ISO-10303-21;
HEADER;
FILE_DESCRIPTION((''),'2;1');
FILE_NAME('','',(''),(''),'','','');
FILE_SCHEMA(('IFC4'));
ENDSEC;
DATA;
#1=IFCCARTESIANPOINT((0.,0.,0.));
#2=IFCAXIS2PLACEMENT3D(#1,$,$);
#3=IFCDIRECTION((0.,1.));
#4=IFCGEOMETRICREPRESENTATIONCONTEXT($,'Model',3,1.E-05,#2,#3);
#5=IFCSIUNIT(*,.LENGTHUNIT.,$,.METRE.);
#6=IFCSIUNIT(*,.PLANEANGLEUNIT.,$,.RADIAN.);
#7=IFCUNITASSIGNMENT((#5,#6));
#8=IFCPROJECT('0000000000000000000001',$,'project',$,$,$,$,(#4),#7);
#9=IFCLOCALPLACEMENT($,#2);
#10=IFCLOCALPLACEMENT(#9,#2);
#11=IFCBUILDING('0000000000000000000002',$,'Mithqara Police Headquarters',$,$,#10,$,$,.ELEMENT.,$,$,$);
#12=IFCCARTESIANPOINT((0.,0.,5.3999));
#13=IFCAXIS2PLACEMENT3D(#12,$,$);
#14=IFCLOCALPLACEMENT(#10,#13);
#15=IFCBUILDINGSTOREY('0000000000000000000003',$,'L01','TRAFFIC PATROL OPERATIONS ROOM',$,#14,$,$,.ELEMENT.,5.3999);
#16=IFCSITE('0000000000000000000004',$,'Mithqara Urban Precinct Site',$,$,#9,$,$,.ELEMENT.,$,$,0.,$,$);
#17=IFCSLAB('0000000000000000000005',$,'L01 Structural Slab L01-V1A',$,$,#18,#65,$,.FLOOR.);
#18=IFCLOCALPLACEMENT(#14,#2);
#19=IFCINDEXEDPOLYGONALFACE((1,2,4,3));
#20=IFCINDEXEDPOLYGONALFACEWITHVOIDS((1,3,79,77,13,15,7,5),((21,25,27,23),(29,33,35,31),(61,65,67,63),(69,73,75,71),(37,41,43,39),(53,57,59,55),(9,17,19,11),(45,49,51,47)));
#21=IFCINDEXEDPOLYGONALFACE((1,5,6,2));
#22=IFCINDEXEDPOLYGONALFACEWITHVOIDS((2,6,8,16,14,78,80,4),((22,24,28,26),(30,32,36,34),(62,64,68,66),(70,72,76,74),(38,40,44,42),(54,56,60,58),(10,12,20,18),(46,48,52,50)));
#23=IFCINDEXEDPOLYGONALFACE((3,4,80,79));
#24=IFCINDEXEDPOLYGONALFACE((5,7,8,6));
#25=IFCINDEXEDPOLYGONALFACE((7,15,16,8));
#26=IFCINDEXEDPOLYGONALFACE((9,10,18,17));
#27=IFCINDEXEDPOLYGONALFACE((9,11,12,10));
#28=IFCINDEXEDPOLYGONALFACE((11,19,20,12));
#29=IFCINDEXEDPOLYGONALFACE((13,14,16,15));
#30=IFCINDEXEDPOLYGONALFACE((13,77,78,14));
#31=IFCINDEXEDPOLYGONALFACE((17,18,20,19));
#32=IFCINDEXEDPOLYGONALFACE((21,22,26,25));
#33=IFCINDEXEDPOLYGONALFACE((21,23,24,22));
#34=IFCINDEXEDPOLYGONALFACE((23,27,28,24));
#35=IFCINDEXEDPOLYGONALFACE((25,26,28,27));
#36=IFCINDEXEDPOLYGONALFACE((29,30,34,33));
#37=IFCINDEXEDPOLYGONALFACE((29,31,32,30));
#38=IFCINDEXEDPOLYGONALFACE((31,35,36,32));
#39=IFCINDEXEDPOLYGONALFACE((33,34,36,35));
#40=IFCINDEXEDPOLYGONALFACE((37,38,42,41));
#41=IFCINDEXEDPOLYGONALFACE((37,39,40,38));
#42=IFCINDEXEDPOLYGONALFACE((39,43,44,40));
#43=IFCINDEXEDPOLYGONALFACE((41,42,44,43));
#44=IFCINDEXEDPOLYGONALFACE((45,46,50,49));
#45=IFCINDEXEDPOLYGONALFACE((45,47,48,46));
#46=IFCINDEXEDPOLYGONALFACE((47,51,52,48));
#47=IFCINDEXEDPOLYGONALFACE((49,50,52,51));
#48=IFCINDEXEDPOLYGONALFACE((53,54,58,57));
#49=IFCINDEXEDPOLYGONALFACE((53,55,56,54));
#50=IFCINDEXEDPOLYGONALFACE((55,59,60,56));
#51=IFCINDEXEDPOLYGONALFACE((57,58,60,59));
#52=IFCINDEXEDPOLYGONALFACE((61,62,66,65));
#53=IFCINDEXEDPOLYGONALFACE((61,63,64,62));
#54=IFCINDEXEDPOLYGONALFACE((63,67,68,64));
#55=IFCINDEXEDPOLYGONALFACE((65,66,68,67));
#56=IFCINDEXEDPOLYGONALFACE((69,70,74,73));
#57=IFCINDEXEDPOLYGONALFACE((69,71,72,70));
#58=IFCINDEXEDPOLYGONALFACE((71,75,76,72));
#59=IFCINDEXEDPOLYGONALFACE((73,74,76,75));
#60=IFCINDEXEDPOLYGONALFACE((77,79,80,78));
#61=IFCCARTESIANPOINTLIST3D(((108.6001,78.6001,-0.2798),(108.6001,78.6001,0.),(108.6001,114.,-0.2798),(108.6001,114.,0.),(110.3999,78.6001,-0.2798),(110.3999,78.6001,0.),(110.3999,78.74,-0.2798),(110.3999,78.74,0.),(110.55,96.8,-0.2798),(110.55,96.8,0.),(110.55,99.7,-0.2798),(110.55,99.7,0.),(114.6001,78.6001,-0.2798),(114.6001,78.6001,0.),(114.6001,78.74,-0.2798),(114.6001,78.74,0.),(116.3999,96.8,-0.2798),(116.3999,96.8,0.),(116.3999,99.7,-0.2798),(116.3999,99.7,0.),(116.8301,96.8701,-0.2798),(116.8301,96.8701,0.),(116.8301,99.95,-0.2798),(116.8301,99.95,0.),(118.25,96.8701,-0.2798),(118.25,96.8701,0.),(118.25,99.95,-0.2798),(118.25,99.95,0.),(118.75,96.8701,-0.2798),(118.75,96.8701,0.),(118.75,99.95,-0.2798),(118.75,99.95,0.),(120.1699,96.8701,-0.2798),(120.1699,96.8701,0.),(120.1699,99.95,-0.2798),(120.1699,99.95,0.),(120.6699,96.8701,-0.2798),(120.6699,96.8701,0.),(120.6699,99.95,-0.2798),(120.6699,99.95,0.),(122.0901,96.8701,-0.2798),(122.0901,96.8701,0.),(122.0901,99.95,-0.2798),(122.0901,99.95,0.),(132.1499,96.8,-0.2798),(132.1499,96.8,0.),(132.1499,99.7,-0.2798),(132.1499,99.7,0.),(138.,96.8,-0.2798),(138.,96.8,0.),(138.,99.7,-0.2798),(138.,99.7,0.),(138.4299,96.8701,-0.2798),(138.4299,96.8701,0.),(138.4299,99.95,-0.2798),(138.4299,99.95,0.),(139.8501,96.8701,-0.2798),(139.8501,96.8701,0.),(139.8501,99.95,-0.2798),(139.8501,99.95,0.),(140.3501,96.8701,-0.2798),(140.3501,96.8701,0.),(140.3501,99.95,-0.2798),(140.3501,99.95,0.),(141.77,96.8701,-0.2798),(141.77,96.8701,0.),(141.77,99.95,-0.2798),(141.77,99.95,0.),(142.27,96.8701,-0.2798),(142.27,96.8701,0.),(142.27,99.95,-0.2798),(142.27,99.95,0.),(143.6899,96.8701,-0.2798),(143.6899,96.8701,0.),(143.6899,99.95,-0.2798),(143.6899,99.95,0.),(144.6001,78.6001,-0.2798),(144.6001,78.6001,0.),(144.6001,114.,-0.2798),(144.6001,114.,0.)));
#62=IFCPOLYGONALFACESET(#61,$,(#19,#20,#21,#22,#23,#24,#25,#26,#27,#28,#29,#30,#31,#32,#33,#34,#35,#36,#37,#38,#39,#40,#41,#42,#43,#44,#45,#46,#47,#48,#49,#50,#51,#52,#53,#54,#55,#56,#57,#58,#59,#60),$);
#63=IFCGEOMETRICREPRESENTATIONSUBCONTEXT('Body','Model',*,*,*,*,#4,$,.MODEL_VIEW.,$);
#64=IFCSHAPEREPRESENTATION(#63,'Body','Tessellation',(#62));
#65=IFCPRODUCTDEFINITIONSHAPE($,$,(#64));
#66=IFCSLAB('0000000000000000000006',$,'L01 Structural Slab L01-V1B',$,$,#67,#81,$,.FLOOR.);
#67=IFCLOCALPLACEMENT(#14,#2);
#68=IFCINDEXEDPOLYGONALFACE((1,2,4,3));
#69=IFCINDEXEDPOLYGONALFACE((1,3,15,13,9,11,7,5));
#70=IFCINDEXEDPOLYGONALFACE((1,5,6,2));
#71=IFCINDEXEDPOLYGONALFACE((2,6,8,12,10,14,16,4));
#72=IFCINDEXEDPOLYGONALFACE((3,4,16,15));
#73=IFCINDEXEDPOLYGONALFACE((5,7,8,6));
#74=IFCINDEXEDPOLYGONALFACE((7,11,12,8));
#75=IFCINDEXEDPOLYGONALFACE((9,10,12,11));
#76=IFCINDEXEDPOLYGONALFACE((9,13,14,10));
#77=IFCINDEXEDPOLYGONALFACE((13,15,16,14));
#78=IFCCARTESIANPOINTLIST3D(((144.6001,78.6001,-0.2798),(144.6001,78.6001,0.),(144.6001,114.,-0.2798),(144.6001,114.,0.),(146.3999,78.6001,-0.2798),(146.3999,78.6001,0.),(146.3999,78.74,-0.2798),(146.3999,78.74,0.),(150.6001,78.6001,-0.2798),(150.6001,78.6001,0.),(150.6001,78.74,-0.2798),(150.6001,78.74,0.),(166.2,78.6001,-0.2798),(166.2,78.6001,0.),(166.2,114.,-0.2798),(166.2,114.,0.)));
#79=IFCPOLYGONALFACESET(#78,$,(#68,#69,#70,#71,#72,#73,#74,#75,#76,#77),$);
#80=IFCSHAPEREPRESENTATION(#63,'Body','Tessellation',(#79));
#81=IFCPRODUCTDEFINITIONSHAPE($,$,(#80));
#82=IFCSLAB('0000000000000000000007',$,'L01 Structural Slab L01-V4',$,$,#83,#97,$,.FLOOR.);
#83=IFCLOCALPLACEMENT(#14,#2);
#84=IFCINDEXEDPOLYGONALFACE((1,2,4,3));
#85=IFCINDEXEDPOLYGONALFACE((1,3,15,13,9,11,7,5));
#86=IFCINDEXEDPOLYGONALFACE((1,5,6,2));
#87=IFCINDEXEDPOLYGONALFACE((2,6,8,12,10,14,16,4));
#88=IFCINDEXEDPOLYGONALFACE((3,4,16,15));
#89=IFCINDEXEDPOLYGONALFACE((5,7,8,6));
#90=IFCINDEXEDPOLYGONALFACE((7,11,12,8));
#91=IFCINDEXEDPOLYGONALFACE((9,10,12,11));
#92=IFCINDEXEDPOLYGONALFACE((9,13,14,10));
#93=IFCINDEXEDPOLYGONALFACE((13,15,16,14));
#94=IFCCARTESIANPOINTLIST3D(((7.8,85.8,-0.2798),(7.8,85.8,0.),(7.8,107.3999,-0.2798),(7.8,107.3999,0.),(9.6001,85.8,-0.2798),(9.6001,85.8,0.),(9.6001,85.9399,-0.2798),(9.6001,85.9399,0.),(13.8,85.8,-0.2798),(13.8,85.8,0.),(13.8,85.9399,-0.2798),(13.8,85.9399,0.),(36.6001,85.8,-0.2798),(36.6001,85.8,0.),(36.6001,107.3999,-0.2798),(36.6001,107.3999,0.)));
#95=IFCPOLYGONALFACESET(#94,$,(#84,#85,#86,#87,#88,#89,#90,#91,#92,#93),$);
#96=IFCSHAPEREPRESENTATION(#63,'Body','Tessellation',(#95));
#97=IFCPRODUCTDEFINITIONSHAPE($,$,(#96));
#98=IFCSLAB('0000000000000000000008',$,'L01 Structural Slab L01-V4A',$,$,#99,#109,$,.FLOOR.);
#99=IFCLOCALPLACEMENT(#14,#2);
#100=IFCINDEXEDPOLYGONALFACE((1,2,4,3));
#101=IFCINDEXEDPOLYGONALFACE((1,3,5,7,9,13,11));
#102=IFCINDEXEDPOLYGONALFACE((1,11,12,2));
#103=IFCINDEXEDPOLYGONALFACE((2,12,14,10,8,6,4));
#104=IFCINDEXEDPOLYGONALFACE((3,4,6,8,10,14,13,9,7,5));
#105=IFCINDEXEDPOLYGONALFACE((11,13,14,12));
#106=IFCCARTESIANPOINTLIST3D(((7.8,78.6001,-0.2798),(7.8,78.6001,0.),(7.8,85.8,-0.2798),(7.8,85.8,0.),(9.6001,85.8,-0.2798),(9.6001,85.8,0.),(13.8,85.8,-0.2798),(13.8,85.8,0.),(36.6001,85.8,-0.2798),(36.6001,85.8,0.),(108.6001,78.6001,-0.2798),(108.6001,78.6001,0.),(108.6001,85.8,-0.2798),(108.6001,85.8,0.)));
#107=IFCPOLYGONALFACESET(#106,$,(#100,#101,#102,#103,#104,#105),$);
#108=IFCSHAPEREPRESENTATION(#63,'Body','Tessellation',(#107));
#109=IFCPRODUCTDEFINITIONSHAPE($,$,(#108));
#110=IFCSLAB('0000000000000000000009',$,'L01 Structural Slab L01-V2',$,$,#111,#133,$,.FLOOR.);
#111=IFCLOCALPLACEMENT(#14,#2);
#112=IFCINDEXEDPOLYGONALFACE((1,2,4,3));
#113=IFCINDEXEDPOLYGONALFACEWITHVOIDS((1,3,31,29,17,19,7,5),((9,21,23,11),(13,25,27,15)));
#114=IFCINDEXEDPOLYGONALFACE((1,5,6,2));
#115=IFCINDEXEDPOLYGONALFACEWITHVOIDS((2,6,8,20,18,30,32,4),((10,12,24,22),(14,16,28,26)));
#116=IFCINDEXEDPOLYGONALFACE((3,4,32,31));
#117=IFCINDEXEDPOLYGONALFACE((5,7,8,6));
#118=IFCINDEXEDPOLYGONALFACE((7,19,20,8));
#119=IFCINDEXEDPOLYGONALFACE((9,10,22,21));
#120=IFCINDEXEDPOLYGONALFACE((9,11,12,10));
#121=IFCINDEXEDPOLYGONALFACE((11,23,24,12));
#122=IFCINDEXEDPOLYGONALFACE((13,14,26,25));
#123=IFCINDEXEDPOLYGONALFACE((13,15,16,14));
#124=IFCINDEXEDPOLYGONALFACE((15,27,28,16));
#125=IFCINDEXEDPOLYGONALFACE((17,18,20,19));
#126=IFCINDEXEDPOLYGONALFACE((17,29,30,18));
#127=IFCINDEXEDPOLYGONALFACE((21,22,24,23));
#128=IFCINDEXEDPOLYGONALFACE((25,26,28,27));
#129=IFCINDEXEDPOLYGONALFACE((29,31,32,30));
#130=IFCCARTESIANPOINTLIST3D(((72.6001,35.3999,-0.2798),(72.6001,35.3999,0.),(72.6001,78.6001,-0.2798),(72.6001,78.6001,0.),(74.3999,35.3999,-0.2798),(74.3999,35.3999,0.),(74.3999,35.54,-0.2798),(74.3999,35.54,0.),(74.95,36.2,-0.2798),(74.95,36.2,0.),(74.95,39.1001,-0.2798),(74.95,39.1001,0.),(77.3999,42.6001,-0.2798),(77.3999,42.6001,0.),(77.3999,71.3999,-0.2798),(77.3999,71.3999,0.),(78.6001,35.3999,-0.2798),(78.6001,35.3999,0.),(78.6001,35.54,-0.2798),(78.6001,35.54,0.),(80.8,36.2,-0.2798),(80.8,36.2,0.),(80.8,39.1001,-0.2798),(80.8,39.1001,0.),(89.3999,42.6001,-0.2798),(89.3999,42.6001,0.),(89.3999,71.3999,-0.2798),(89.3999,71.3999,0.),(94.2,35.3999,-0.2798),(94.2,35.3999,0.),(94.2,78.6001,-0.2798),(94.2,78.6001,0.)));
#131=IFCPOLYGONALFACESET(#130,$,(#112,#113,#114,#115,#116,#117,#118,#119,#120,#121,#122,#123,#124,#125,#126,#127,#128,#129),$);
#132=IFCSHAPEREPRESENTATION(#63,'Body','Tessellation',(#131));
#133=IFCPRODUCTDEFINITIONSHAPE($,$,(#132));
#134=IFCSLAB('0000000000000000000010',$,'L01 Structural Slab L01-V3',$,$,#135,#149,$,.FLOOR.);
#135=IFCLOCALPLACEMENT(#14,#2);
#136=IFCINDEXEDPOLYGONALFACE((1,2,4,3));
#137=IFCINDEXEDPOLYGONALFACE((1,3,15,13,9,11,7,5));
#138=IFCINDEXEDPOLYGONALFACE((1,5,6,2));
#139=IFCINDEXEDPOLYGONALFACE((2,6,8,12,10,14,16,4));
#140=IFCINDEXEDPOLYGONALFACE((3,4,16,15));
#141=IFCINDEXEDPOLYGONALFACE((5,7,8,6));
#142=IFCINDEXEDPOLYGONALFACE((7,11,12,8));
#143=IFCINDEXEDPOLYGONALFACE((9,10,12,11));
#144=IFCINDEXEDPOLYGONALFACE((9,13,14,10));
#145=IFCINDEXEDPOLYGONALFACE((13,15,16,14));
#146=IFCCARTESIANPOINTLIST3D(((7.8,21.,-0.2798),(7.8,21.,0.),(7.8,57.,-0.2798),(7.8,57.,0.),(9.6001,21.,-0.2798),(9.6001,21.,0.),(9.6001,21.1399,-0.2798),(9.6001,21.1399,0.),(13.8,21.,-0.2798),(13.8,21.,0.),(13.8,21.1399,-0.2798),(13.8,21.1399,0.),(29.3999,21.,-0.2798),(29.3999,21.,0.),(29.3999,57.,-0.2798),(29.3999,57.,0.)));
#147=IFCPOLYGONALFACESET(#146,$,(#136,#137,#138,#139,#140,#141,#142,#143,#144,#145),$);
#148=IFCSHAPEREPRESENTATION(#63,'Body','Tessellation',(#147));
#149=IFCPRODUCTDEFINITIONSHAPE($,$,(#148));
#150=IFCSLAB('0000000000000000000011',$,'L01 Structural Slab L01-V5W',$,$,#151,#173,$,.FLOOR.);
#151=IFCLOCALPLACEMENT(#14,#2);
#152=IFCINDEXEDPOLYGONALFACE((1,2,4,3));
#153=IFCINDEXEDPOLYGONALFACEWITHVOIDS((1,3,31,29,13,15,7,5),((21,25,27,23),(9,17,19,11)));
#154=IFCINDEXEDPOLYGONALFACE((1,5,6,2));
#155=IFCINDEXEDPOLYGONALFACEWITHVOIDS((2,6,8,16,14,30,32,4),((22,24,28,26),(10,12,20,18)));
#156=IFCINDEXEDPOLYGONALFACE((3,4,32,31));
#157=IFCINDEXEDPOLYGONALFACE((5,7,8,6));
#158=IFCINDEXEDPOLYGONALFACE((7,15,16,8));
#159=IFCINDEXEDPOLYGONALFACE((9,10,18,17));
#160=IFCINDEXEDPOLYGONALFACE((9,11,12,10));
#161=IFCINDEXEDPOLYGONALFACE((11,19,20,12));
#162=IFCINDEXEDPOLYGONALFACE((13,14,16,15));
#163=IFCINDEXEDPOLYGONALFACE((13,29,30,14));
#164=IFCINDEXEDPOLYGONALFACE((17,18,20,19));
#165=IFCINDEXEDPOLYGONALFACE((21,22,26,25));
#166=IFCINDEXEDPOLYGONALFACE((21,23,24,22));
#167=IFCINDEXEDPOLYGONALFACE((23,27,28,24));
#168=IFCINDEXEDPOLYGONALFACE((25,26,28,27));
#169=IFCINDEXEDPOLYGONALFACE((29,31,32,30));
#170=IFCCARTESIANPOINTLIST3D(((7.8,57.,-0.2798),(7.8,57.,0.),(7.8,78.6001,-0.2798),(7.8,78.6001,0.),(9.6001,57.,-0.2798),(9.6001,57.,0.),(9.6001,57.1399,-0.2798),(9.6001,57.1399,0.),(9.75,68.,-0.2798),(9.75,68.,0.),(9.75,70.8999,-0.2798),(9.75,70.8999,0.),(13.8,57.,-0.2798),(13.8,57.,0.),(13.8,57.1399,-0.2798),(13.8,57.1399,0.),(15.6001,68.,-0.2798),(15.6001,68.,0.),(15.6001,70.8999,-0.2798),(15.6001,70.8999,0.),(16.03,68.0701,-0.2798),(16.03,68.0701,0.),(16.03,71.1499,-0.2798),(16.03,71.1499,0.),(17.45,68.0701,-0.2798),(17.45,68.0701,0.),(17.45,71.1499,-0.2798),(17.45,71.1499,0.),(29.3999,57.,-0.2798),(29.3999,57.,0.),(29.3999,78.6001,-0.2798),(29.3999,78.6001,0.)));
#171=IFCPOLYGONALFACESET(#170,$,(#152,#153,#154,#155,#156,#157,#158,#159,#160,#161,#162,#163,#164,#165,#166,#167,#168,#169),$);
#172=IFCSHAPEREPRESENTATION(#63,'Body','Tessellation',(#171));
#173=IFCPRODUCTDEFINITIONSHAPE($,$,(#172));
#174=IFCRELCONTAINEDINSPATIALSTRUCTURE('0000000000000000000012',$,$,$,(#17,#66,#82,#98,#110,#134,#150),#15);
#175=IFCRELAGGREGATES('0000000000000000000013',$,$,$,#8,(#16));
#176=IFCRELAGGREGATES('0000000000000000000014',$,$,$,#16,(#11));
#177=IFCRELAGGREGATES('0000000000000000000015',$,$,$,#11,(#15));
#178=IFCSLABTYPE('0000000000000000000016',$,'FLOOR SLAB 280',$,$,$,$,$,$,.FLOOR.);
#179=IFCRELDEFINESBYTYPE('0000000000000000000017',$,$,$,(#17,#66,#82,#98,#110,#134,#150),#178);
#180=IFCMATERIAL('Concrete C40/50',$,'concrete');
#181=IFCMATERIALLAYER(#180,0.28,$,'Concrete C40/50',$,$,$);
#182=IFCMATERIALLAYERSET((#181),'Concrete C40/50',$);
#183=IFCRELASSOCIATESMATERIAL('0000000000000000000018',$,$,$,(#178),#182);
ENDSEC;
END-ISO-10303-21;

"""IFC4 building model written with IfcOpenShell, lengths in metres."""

from ifc_helpers import new_model, si_unit, direction, frame, origin, place, context, subcontext, project, spatial, polyline, outline, extrude, material, layer, layer_set, type_object, element, save


model = new_model("IFC4")

# Units and contexts
model_context = context("Model", 3, precision=1e-05, world=origin(), true_north=direction((0.0, 1.0)))
body_context = subcontext(model_context, "Body", "Model", "MODEL_VIEW")
ifc_project = project(units=[si_unit("LENGTHUNIT", "METRE"), si_unit("PLANEANGLEUNIT", "RADIAN")], contexts=[model_context])

# Site, building, storey
site_placement = place(None, origin())
site = spatial("IfcSite", under=ifc_project, at=site_placement, Name="Mithqara Urban Precinct Site", CompositionType="ELEMENT", RefElevation=0.0)
building_placement = place(site_placement, origin())
building = spatial("IfcBuilding", under=site, at=building_placement, Name="Mithqara Police Headquarters", CompositionType="ELEMENT")
storey_placement = place(building_placement, frame((0.0, 0.0, 5.3999)))
storey = spatial("IfcBuildingStorey", under=building, at=storey_placement, Name="L01", Description="TRAFFIC PATROL OPERATIONS ROOM", CompositionType="ELEMENT", Elevation=5.3999)

# Slabs
ifc_material_1 = material(Name="Concrete C40/50", Category="concrete")
ifc_layer_1 = layer(ifc_material_1, 0.28, Name="Concrete C40/50")
ifc_layer_set_1 = layer_set([ifc_layer_1], Name="Concrete C40/50")
slab_type_1 = type_object("IfcSlabType", Name="FLOOR SLAB 280", PredefinedType="FLOOR", material=ifc_layer_set_1)
slab_1_placement = place(storey_placement, frame((0.0, 0.0, -0.2798)))
element("IfcSlab", 1, at=slab_1_placement, inside=storey, type_object=slab_type_1, Name="L01 Structural Slab L01-V1A", PredefinedType="FLOOR", context=body_context, shape_type="SweptSolid", body=[
    extrude(outline(polyline([(108.6001, 114.0), (144.6001, 114.0), (144.6001, 78.6001), (114.6001, 78.6001), (114.6001, 78.74), (110.3999, 78.74), (110.3999, 78.6001), (108.6001, 78.6001), (108.6001, 114.0)]), holes=[polyline([(110.55, 96.8), (116.3999, 96.8), (116.3999, 99.7), (110.55, 99.7), (110.55, 96.8)]), polyline([(132.1499, 96.8), (138.0, 96.8), (138.0, 99.7), (132.1499, 99.7), (132.1499, 96.8)]), polyline([(118.25, 96.8701), (118.25, 99.95), (116.8301, 99.95), (116.8301, 96.8701), (118.25, 96.8701)]), polyline([(120.1699, 96.8701), (120.1699, 99.95), (118.75, 99.95), (118.75, 96.8701), (120.1699, 96.8701)]), polyline([(122.0901, 96.8701), (122.0901, 99.95), (120.6699, 99.95), (120.6699, 96.8701), (122.0901, 96.8701)]), polyline([(139.8501, 96.8701), (139.8501, 99.95), (138.4299, 99.95), (138.4299, 96.8701), (139.8501, 96.8701)]), polyline([(141.77, 96.8701), (141.77, 99.95), (140.3501, 99.95), (140.3501, 96.8701), (141.77, 96.8701)]), polyline([(143.6899, 96.8701), (143.6899, 99.95), (142.27, 99.95), (142.27, 96.8701), (143.6899, 96.8701)])]), origin(), (0.0, 0.0, 1.0), 0.2798),
])
slab_2_placement = place(storey_placement, frame((0.0, 0.0, -0.2798)))
element("IfcSlab", 2, at=slab_2_placement, inside=storey, type_object=slab_type_1, Name="L01 Structural Slab L01-V1B", PredefinedType="FLOOR", context=body_context, shape_type="SweptSolid", body=[
    extrude(outline(polyline([(166.2, 78.6001), (150.6001, 78.6001), (150.6001, 78.74), (146.3999, 78.74), (146.3999, 78.6001), (144.6001, 78.6001), (144.6001, 114.0), (166.2, 114.0), (166.2, 78.6001)])), origin(), (0.0, 0.0, 1.0), 0.2798),
])
slab_3_placement = place(storey_placement, frame((0.0, 0.0, -0.2798)))
element("IfcSlab", 3, at=slab_3_placement, inside=storey, type_object=slab_type_1, Name="L01 Structural Slab L01-V4", PredefinedType="FLOOR", context=body_context, shape_type="SweptSolid", body=[
    extrude(outline(polyline([(7.8, 107.3999), (36.6001, 107.3999), (36.6001, 85.8), (13.8, 85.8), (13.8, 85.9399), (9.6001, 85.9399), (9.6001, 85.8), (7.8, 85.8), (7.8, 107.3999)])), origin(), (0.0, 0.0, 1.0), 0.2798),
])
slab_4_placement = place(storey_placement, frame((0.0, 0.0, -0.2798)))
element("IfcSlab", 4, at=slab_4_placement, inside=storey, type_object=slab_type_1, Name="L01 Structural Slab L01-V4A", PredefinedType="FLOOR", context=body_context, shape_type="SweptSolid", body=[
    extrude(outline(polyline([(108.6001, 78.6001), (7.8, 78.6001), (7.8, 85.8), (9.6001, 85.8), (13.8, 85.8), (36.6001, 85.8), (108.6001, 85.8), (108.6001, 78.6001)])), origin(), (0.0, 0.0, 1.0), 0.2798),
])
slab_5_placement = place(storey_placement, frame((0.0, 0.0, -0.2798)))
element("IfcSlab", 5, at=slab_5_placement, inside=storey, type_object=slab_type_1, Name="L01 Structural Slab L01-V2", PredefinedType="FLOOR", context=body_context, shape_type="SweptSolid", body=[
    extrude(outline(polyline([(78.6001, 35.3999), (78.6001, 35.54), (74.3999, 35.54), (74.3999, 35.3999), (72.6001, 35.3999), (72.6001, 78.6001), (94.2, 78.6001), (94.2, 35.3999), (78.6001, 35.3999)]), holes=[polyline([(74.95, 36.2), (80.8, 36.2), (80.8, 39.1001), (74.95, 39.1001), (74.95, 36.2)]), polyline([(89.3999, 42.6001), (89.3999, 71.3999), (77.3999, 71.3999), (77.3999, 42.6001), (89.3999, 42.6001)])]), origin(), (0.0, 0.0, 1.0), 0.2798),
])
slab_6_placement = place(storey_placement, frame((0.0, 0.0, -0.2798)))
element("IfcSlab", 6, at=slab_6_placement, inside=storey, type_object=slab_type_1, Name="L01 Structural Slab L01-V3", PredefinedType="FLOOR", context=body_context, shape_type="SweptSolid", body=[
    extrude(outline(polyline([(7.8, 57.0), (29.3999, 57.0), (29.3999, 21.0), (13.8, 21.0), (13.8, 21.1399), (9.6001, 21.1399), (9.6001, 21.0), (7.8, 21.0), (7.8, 57.0)])), origin(), (0.0, 0.0, 1.0), 0.2798),
])
slab_7_placement = place(storey_placement, frame((0.0, 0.0, -0.2798)))
element("IfcSlab", 7, at=slab_7_placement, inside=storey, type_object=slab_type_1, Name="L01 Structural Slab L01-V5W", PredefinedType="FLOOR", context=body_context, shape_type="SweptSolid", body=[
    extrude(outline(polyline([(13.8, 57.0), (13.8, 57.1399), (9.6001, 57.1399), (9.6001, 57.0), (7.8, 57.0), (7.8, 78.6001), (29.3999, 78.6001), (29.3999, 57.0), (13.8, 57.0)]), holes=[polyline([(9.75, 68.0), (15.6001, 68.0), (15.6001, 70.8999), (9.75, 70.8999), (9.75, 68.0)]), polyline([(17.45, 68.0701), (17.45, 71.1499), (16.03, 71.1499), (16.03, 68.0701), (17.45, 68.0701)])]), origin(), (0.0, 0.0, 1.0), 0.2798),
])

save(model, "model.ifc")
